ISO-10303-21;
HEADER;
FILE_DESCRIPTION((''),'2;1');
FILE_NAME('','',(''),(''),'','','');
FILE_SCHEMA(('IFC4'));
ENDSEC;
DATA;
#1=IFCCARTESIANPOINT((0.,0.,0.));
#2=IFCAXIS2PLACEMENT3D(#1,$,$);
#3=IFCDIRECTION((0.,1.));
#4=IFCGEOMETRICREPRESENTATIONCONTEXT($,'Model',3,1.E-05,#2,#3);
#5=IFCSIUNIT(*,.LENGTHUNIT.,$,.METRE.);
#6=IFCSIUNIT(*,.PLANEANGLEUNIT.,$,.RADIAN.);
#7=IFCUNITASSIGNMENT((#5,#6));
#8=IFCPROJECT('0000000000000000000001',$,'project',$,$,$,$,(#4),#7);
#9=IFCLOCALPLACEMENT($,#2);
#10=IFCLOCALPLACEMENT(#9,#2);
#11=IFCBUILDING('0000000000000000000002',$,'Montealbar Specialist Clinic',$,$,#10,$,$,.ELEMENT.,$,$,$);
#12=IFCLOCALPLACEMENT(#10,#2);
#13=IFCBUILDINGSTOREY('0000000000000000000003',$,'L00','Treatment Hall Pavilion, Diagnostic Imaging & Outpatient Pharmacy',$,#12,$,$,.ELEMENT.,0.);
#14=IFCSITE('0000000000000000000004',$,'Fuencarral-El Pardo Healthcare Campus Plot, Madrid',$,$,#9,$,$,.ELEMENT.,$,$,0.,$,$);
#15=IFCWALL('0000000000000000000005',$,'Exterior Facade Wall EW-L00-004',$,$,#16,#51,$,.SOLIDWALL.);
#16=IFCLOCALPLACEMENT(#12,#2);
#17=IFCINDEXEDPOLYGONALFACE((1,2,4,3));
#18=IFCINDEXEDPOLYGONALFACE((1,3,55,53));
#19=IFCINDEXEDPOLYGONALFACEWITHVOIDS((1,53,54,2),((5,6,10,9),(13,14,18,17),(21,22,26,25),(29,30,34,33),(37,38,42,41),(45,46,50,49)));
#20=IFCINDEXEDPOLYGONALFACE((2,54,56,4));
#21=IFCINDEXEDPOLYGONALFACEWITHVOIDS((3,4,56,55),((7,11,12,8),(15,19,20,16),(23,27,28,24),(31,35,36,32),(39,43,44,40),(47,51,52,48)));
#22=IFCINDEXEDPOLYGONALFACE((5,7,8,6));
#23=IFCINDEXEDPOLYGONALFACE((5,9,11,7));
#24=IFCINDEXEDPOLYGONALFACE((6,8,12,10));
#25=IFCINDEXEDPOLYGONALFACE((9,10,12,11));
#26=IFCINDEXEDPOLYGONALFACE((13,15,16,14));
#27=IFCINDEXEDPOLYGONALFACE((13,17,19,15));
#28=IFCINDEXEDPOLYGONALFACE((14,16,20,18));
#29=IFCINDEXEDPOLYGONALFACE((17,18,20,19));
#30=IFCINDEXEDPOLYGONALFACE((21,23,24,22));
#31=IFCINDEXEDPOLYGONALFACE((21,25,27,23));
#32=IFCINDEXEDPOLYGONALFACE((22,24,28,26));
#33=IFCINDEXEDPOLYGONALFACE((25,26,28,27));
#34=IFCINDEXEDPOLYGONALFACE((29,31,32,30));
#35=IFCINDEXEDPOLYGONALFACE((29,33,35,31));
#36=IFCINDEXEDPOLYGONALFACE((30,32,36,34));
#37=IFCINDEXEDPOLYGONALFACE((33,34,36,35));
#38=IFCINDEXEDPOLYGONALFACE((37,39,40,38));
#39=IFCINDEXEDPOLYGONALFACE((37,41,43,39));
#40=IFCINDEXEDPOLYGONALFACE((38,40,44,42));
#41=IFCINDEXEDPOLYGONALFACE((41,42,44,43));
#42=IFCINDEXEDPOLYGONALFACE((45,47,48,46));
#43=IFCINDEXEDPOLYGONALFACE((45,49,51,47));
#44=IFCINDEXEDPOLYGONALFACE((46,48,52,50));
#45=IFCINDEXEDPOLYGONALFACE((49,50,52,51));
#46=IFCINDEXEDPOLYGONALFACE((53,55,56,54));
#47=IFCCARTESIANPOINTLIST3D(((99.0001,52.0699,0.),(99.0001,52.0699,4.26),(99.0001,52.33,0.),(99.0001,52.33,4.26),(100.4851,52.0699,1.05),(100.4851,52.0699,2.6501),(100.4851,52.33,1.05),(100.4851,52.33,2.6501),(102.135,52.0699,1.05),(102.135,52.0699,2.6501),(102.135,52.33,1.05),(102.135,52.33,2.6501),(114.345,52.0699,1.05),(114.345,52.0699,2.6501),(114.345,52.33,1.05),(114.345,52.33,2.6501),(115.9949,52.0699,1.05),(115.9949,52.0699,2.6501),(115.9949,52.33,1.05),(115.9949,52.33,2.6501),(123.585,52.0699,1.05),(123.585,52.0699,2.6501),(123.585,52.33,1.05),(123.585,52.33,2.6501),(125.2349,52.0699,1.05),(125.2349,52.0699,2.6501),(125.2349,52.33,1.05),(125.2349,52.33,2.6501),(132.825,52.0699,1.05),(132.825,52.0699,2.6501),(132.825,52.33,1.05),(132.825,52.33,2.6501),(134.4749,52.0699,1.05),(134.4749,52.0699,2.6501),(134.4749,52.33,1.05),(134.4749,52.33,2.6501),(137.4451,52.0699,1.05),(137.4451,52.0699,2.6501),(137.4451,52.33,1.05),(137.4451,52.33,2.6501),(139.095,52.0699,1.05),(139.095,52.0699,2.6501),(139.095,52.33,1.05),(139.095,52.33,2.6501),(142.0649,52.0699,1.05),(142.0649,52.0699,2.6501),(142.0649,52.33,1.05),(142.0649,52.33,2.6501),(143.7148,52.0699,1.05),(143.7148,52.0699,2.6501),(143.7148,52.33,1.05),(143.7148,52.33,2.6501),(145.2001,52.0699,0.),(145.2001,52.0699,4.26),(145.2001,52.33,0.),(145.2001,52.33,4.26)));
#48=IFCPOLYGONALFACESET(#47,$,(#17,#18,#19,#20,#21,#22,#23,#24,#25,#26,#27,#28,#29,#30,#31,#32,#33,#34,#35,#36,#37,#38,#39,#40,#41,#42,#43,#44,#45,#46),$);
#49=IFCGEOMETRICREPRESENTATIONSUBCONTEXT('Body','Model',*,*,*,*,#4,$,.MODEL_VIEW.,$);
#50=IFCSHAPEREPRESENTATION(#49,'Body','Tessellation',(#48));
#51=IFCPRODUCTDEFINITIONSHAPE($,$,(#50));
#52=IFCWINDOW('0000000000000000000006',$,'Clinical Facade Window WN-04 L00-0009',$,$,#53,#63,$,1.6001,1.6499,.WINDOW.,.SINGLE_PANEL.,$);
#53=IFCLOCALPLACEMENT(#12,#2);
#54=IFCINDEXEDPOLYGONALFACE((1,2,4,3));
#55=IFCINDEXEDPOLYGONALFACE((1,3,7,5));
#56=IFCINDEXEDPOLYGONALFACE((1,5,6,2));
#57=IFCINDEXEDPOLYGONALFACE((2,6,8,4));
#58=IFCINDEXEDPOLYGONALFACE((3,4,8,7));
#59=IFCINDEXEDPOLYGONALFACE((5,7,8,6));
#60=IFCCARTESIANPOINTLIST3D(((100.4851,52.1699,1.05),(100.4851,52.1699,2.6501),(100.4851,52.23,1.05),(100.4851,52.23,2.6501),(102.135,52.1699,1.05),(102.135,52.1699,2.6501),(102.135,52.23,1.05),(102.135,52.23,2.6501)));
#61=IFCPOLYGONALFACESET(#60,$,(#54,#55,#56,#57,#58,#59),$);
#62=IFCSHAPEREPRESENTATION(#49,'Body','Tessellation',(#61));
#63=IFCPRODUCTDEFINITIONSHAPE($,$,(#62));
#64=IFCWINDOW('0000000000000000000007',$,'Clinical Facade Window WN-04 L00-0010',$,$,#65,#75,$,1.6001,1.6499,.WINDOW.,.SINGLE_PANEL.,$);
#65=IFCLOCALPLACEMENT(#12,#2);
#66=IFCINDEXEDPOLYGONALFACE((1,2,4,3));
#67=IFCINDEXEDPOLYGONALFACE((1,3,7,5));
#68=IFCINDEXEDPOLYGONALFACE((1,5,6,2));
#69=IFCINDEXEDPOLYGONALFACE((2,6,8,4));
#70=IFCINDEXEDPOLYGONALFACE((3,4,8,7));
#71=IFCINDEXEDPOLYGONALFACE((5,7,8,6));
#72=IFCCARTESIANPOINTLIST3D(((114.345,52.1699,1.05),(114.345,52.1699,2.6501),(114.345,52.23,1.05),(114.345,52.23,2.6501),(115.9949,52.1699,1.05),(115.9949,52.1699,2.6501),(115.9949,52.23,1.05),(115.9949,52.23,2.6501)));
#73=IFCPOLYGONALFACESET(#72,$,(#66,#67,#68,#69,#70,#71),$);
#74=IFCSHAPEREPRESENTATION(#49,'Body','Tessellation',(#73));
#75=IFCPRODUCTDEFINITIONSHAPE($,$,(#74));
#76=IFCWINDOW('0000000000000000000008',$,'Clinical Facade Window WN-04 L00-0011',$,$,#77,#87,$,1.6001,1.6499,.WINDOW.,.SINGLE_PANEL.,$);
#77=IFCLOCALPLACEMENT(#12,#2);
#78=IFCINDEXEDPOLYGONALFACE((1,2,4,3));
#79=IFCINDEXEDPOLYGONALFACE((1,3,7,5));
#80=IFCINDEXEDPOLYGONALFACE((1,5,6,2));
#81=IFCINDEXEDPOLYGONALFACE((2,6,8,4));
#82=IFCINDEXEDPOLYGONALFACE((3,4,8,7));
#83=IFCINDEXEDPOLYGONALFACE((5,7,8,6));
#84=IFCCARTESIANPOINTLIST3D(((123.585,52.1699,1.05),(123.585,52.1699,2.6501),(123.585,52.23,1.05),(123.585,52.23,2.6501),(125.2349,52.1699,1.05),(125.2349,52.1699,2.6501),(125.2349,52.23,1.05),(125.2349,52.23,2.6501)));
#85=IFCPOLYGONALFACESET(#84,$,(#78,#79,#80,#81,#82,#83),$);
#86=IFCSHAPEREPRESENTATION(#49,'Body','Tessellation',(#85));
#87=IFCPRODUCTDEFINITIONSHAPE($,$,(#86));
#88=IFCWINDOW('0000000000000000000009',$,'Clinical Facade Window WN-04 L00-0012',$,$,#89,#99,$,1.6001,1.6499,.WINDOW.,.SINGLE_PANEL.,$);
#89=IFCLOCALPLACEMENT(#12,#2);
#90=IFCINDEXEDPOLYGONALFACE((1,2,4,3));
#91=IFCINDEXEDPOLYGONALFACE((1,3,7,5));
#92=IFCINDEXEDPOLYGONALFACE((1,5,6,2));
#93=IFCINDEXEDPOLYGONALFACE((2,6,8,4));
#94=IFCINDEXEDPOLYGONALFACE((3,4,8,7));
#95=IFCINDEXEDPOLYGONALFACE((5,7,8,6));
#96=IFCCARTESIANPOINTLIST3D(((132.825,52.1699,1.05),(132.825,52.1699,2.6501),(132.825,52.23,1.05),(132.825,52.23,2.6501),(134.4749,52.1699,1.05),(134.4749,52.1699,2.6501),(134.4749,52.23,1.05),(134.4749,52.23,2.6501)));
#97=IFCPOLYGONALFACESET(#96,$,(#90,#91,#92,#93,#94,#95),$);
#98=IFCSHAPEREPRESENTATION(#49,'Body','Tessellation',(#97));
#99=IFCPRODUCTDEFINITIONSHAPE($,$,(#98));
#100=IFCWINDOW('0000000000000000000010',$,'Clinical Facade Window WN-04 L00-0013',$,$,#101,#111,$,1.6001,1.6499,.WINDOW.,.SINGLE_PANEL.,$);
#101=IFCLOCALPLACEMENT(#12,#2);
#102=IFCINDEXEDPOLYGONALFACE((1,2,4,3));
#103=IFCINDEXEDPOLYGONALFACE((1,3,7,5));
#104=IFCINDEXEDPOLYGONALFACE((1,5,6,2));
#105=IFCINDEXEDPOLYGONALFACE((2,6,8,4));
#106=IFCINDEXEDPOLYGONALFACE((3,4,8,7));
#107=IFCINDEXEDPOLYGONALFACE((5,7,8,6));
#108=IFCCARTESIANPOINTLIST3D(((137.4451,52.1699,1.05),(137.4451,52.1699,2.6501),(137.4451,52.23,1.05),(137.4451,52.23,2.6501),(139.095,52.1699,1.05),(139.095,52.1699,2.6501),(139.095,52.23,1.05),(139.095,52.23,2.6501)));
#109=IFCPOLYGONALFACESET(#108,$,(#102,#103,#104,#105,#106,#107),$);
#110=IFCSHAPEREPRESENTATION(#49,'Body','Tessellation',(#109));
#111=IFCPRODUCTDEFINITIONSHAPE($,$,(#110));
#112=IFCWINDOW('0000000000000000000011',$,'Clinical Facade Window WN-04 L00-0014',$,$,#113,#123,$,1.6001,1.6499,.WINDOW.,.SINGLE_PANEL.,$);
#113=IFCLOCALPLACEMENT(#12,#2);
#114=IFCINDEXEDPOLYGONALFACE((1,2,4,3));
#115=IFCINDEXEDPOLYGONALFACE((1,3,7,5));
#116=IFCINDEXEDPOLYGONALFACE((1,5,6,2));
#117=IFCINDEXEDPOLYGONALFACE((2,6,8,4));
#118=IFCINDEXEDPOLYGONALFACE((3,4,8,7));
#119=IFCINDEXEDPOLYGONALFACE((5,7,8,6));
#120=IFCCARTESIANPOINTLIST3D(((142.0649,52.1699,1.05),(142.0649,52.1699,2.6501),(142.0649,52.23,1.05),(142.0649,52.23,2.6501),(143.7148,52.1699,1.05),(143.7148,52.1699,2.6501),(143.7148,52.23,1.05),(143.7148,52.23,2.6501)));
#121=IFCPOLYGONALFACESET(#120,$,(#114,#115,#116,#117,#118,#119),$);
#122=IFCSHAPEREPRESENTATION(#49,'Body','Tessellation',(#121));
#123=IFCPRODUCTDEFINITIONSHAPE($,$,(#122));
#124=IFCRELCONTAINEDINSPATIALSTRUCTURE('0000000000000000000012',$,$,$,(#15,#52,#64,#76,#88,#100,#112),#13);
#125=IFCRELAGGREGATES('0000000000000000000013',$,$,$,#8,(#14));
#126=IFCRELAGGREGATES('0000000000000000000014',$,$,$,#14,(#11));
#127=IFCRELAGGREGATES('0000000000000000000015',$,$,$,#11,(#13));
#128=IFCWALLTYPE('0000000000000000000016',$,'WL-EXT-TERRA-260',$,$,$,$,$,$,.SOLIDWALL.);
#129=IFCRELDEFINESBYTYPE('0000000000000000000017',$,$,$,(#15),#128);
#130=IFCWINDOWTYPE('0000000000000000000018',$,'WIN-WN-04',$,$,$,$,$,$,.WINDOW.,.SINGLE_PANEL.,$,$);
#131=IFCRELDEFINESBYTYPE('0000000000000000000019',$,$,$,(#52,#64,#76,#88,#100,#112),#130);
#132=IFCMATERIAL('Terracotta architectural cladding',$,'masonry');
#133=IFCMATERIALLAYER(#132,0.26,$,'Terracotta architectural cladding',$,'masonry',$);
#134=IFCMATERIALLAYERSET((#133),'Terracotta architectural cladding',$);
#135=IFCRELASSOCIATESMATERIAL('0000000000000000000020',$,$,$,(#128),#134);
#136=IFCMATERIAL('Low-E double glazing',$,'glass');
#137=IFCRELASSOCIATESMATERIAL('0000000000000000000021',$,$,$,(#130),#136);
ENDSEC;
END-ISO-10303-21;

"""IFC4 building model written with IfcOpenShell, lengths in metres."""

from ifc_helpers import new_model, si_unit, direction, frame, frame_2d, origin, place, context, subcontext, project, spatial, rectangle, extrude, material, layer, layer_set, type_object, element, fill, save


model = new_model("IFC4")

# Units and contexts
model_context = context("Model", 3, precision=1e-05, world=origin(), true_north=direction((0.0, 1.0)))
body_context = subcontext(model_context, "Body", "Model", "MODEL_VIEW")
ifc_project = project(units=[si_unit("LENGTHUNIT", "METRE"), si_unit("PLANEANGLEUNIT", "RADIAN")], contexts=[model_context])

# Site, building, storey
site_placement = place(None, origin())
site = spatial("IfcSite", under=ifc_project, at=site_placement, Name="Fuencarral-El Pardo Healthcare Campus Plot, Madrid", CompositionType="ELEMENT", RefElevation=0.0)
building_placement = place(site_placement, origin())
building = spatial("IfcBuilding", under=site, at=building_placement, Name="Montealbar Specialist Clinic", CompositionType="ELEMENT")
storey_placement = place(building_placement, origin())
storey = spatial("IfcBuildingStorey", under=building, at=storey_placement, Name="L00", Description="Treatment Hall Pavilion, Diagnostic Imaging & Outpatient Pharmacy", CompositionType="ELEMENT", Elevation=0.0)

# Shared definitions
ifc_material_1 = material(Name="Low-E double glazing", Category="glass")

# Wall, openings, windows
ifc_material_2 = material(Name="Terracotta architectural cladding", Category="masonry")
ifc_layer_1 = layer(ifc_material_2, 0.26, Name="Terracotta architectural cladding", Category="masonry")
ifc_layer_set_1 = layer_set([ifc_layer_1], Name="Terracotta architectural cladding")
wall_type = type_object("IfcWallType", Name="WL-EXT-TERRA-260", PredefinedType="SOLIDWALL", material=ifc_layer_set_1)
wall_placement = place(storey_placement, frame((99.0, 52.2, 0.0), z_axis=(0.0, 0.0, 1.0), x_axis=(1.0, 0.0, 0.0)))
wall = element("IfcWall", 1, at=wall_placement, inside=storey, type_object=wall_type, Name="Exterior Facade Wall EW-L00-004", PredefinedType="SOLIDWALL", context=body_context, shape_type="SweptSolid", body=[
    extrude(rectangle(XDim=46.2, YDim=0.26, at=frame_2d((23.1001, 0.0))), origin(), (0.0, 0.0, 1.0), 4.26),
])
opening_1_placement = place(wall_placement, frame((1.4851, 0.0, 1.05)))
opening_1 = element("IfcOpeningElement", 2, at=opening_1_placement, cuts=wall, PredefinedType="OPENING", context=body_context, shape_type="SweptSolid", body=[
    extrude(rectangle(XDim=1.6499, YDim=1.6001, at=frame_2d((0.825, 0.8))), frame((0.0, 0.1399, 0.0), z_axis=(0.0, -1.0, 0.0), x_axis=(1.0, 0.0, 0.0)), (0.0, 0.0, 1.0), 0.28),
])
opening_2_placement = place(wall_placement, frame((15.345, 0.0, 1.05)))
opening_2 = element("IfcOpeningElement", 3, at=opening_2_placement, cuts=wall, PredefinedType="OPENING", context=body_context, shape_type="SweptSolid", body=[
    extrude(rectangle(XDim=1.6499, YDim=1.6001, at=frame_2d((0.825, 0.8))), frame((0.0, 0.1399, 0.0), z_axis=(0.0, -1.0, 0.0), x_axis=(1.0, 0.0, 0.0)), (0.0, 0.0, 1.0), 0.28),
])
opening_3_placement = place(wall_placement, frame((24.585, 0.0, 1.05)))
opening_3 = element("IfcOpeningElement", 4, at=opening_3_placement, cuts=wall, PredefinedType="OPENING", context=body_context, shape_type="SweptSolid", body=[
    extrude(rectangle(XDim=1.6499, YDim=1.6001, at=frame_2d((0.825, 0.8))), frame((0.0, 0.1399, 0.0), z_axis=(0.0, -1.0, 0.0), x_axis=(1.0, 0.0, 0.0)), (0.0, 0.0, 1.0), 0.28),
])
opening_4_placement = place(wall_placement, frame((33.825, 0.0, 1.05)))
opening_4 = element("IfcOpeningElement", 5, at=opening_4_placement, cuts=wall, PredefinedType="OPENING", context=body_context, shape_type="SweptSolid", body=[
    extrude(rectangle(XDim=1.6499, YDim=1.6001, at=frame_2d((0.825, 0.8))), frame((0.0, 0.1399, 0.0), z_axis=(0.0, -1.0, 0.0), x_axis=(1.0, 0.0, 0.0)), (0.0, 0.0, 1.0), 0.28),
])
opening_5_placement = place(wall_placement, frame((38.4451, 0.0, 1.05)))
opening_5 = element("IfcOpeningElement", 6, at=opening_5_placement, cuts=wall, PredefinedType="OPENING", context=body_context, shape_type="SweptSolid", body=[
    extrude(rectangle(XDim=1.6499, YDim=1.6001, at=frame_2d((0.825, 0.8))), frame((0.0, 0.1399, 0.0), z_axis=(0.0, -1.0, 0.0), x_axis=(1.0, 0.0, 0.0)), (0.0, 0.0, 1.0), 0.28),
])
opening_6_placement = place(wall_placement, frame((43.0649, 0.0, 1.05)))
opening_6 = element("IfcOpeningElement", 7, at=opening_6_placement, cuts=wall, PredefinedType="OPENING", context=body_context, shape_type="SweptSolid", body=[
    extrude(rectangle(XDim=1.6499, YDim=1.6001, at=frame_2d((0.825, 0.8))), frame((0.0, 0.1399, 0.0), z_axis=(0.0, -1.0, 0.0), x_axis=(1.0, 0.0, 0.0)), (0.0, 0.0, 1.0), 0.28),
])
window_type = type_object("IfcWindowType", Name="WIN-WN-04", PartitioningType="SINGLE_PANEL", PredefinedType="WINDOW", material=ifc_material_1)
window_1_placement = place(opening_1_placement, origin())
window_1 = element("IfcWindow", 8, at=window_1_placement, inside=storey, type_object=window_type, Name="Clinical Facade Window WN-04 L00-0009", OverallHeight=1.6001, OverallWidth=1.6499, PartitioningType="SINGLE_PANEL", PredefinedType="WINDOW", context=body_context, shape_type="SweptSolid", body=[
    extrude(rectangle(XDim=1.6499, YDim=1.6001, at=frame_2d((0.825, 0.8))), frame((0.0, 0.03, 0.0), z_axis=(0.0, -1.0, 0.0), x_axis=(1.0, 0.0, 0.0)), (0.0, 0.0, 1.0), 0.0601),
])
fill(opening_1, window_1)
window_2_placement = place(opening_2_placement, origin())
window_2 = element("IfcWindow", 9, at=window_2_placement, inside=storey, type_object=window_type, Name="Clinical Facade Window WN-04 L00-0010", OverallHeight=1.6001, OverallWidth=1.6499, PartitioningType="SINGLE_PANEL", PredefinedType="WINDOW", context=body_context, shape_type="SweptSolid", body=[
    extrude(rectangle(XDim=1.6499, YDim=1.6001, at=frame_2d((0.825, 0.8))), frame((0.0, 0.03, 0.0), z_axis=(0.0, -1.0, 0.0), x_axis=(1.0, 0.0, 0.0)), (0.0, 0.0, 1.0), 0.0601),
])
fill(opening_2, window_2)
window_3_placement = place(opening_3_placement, origin())
window_3 = element("IfcWindow", 10, at=window_3_placement, inside=storey, type_object=window_type, Name="Clinical Facade Window WN-04 L00-0011", OverallHeight=1.6001, OverallWidth=1.6499, PartitioningType="SINGLE_PANEL", PredefinedType="WINDOW", context=body_context, shape_type="SweptSolid", body=[
    extrude(rectangle(XDim=1.6499, YDim=1.6001, at=frame_2d((0.825, 0.8))), frame((0.0, 0.03, 0.0), z_axis=(0.0, -1.0, 0.0), x_axis=(1.0, 0.0, 0.0)), (0.0, 0.0, 1.0), 0.0601),
])
fill(opening_3, window_3)
window_4_placement = place(opening_4_placement, origin())
window_4 = element("IfcWindow", 11, at=window_4_placement, inside=storey, type_object=window_type, Name="Clinical Facade Window WN-04 L00-0012", OverallHeight=1.6001, OverallWidth=1.6499, PartitioningType="SINGLE_PANEL", PredefinedType="WINDOW", context=body_context, shape_type="SweptSolid", body=[
    extrude(rectangle(XDim=1.6499, YDim=1.6001, at=frame_2d((0.825, 0.8))), frame((0.0, 0.03, 0.0), z_axis=(0.0, -1.0, 0.0), x_axis=(1.0, 0.0, 0.0)), (0.0, 0.0, 1.0), 0.0601),
])
fill(opening_4, window_4)
window_5_placement = place(opening_5_placement, origin())
window_5 = element("IfcWindow", 12, at=window_5_placement, inside=storey, type_object=window_type, Name="Clinical Facade Window WN-04 L00-0013", OverallHeight=1.6001, OverallWidth=1.6499, PartitioningType="SINGLE_PANEL", PredefinedType="WINDOW", context=body_context, shape_type="SweptSolid", body=[
    extrude(rectangle(XDim=1.6499, YDim=1.6001, at=frame_2d((0.825, 0.8))), frame((0.0, 0.03, 0.0), z_axis=(0.0, -1.0, 0.0), x_axis=(1.0, 0.0, 0.0)), (0.0, 0.0, 1.0), 0.0601),
])
fill(opening_5, window_5)
window_6_placement = place(opening_6_placement, origin())
window_6 = element("IfcWindow", 13, at=window_6_placement, inside=storey, type_object=window_type, Name="Clinical Facade Window WN-04 L00-0014", OverallHeight=1.6001, OverallWidth=1.6499, PartitioningType="SINGLE_PANEL", PredefinedType="WINDOW", context=body_context, shape_type="SweptSolid", body=[
    extrude(rectangle(XDim=1.6499, YDim=1.6001, at=frame_2d((0.825, 0.8))), frame((0.0, 0.03, 0.0), z_axis=(0.0, -1.0, 0.0), x_axis=(1.0, 0.0, 0.0)), (0.0, 0.0, 1.0), 0.0601),
])
fill(opening_6, window_6)

save(model, "model.ifc")
